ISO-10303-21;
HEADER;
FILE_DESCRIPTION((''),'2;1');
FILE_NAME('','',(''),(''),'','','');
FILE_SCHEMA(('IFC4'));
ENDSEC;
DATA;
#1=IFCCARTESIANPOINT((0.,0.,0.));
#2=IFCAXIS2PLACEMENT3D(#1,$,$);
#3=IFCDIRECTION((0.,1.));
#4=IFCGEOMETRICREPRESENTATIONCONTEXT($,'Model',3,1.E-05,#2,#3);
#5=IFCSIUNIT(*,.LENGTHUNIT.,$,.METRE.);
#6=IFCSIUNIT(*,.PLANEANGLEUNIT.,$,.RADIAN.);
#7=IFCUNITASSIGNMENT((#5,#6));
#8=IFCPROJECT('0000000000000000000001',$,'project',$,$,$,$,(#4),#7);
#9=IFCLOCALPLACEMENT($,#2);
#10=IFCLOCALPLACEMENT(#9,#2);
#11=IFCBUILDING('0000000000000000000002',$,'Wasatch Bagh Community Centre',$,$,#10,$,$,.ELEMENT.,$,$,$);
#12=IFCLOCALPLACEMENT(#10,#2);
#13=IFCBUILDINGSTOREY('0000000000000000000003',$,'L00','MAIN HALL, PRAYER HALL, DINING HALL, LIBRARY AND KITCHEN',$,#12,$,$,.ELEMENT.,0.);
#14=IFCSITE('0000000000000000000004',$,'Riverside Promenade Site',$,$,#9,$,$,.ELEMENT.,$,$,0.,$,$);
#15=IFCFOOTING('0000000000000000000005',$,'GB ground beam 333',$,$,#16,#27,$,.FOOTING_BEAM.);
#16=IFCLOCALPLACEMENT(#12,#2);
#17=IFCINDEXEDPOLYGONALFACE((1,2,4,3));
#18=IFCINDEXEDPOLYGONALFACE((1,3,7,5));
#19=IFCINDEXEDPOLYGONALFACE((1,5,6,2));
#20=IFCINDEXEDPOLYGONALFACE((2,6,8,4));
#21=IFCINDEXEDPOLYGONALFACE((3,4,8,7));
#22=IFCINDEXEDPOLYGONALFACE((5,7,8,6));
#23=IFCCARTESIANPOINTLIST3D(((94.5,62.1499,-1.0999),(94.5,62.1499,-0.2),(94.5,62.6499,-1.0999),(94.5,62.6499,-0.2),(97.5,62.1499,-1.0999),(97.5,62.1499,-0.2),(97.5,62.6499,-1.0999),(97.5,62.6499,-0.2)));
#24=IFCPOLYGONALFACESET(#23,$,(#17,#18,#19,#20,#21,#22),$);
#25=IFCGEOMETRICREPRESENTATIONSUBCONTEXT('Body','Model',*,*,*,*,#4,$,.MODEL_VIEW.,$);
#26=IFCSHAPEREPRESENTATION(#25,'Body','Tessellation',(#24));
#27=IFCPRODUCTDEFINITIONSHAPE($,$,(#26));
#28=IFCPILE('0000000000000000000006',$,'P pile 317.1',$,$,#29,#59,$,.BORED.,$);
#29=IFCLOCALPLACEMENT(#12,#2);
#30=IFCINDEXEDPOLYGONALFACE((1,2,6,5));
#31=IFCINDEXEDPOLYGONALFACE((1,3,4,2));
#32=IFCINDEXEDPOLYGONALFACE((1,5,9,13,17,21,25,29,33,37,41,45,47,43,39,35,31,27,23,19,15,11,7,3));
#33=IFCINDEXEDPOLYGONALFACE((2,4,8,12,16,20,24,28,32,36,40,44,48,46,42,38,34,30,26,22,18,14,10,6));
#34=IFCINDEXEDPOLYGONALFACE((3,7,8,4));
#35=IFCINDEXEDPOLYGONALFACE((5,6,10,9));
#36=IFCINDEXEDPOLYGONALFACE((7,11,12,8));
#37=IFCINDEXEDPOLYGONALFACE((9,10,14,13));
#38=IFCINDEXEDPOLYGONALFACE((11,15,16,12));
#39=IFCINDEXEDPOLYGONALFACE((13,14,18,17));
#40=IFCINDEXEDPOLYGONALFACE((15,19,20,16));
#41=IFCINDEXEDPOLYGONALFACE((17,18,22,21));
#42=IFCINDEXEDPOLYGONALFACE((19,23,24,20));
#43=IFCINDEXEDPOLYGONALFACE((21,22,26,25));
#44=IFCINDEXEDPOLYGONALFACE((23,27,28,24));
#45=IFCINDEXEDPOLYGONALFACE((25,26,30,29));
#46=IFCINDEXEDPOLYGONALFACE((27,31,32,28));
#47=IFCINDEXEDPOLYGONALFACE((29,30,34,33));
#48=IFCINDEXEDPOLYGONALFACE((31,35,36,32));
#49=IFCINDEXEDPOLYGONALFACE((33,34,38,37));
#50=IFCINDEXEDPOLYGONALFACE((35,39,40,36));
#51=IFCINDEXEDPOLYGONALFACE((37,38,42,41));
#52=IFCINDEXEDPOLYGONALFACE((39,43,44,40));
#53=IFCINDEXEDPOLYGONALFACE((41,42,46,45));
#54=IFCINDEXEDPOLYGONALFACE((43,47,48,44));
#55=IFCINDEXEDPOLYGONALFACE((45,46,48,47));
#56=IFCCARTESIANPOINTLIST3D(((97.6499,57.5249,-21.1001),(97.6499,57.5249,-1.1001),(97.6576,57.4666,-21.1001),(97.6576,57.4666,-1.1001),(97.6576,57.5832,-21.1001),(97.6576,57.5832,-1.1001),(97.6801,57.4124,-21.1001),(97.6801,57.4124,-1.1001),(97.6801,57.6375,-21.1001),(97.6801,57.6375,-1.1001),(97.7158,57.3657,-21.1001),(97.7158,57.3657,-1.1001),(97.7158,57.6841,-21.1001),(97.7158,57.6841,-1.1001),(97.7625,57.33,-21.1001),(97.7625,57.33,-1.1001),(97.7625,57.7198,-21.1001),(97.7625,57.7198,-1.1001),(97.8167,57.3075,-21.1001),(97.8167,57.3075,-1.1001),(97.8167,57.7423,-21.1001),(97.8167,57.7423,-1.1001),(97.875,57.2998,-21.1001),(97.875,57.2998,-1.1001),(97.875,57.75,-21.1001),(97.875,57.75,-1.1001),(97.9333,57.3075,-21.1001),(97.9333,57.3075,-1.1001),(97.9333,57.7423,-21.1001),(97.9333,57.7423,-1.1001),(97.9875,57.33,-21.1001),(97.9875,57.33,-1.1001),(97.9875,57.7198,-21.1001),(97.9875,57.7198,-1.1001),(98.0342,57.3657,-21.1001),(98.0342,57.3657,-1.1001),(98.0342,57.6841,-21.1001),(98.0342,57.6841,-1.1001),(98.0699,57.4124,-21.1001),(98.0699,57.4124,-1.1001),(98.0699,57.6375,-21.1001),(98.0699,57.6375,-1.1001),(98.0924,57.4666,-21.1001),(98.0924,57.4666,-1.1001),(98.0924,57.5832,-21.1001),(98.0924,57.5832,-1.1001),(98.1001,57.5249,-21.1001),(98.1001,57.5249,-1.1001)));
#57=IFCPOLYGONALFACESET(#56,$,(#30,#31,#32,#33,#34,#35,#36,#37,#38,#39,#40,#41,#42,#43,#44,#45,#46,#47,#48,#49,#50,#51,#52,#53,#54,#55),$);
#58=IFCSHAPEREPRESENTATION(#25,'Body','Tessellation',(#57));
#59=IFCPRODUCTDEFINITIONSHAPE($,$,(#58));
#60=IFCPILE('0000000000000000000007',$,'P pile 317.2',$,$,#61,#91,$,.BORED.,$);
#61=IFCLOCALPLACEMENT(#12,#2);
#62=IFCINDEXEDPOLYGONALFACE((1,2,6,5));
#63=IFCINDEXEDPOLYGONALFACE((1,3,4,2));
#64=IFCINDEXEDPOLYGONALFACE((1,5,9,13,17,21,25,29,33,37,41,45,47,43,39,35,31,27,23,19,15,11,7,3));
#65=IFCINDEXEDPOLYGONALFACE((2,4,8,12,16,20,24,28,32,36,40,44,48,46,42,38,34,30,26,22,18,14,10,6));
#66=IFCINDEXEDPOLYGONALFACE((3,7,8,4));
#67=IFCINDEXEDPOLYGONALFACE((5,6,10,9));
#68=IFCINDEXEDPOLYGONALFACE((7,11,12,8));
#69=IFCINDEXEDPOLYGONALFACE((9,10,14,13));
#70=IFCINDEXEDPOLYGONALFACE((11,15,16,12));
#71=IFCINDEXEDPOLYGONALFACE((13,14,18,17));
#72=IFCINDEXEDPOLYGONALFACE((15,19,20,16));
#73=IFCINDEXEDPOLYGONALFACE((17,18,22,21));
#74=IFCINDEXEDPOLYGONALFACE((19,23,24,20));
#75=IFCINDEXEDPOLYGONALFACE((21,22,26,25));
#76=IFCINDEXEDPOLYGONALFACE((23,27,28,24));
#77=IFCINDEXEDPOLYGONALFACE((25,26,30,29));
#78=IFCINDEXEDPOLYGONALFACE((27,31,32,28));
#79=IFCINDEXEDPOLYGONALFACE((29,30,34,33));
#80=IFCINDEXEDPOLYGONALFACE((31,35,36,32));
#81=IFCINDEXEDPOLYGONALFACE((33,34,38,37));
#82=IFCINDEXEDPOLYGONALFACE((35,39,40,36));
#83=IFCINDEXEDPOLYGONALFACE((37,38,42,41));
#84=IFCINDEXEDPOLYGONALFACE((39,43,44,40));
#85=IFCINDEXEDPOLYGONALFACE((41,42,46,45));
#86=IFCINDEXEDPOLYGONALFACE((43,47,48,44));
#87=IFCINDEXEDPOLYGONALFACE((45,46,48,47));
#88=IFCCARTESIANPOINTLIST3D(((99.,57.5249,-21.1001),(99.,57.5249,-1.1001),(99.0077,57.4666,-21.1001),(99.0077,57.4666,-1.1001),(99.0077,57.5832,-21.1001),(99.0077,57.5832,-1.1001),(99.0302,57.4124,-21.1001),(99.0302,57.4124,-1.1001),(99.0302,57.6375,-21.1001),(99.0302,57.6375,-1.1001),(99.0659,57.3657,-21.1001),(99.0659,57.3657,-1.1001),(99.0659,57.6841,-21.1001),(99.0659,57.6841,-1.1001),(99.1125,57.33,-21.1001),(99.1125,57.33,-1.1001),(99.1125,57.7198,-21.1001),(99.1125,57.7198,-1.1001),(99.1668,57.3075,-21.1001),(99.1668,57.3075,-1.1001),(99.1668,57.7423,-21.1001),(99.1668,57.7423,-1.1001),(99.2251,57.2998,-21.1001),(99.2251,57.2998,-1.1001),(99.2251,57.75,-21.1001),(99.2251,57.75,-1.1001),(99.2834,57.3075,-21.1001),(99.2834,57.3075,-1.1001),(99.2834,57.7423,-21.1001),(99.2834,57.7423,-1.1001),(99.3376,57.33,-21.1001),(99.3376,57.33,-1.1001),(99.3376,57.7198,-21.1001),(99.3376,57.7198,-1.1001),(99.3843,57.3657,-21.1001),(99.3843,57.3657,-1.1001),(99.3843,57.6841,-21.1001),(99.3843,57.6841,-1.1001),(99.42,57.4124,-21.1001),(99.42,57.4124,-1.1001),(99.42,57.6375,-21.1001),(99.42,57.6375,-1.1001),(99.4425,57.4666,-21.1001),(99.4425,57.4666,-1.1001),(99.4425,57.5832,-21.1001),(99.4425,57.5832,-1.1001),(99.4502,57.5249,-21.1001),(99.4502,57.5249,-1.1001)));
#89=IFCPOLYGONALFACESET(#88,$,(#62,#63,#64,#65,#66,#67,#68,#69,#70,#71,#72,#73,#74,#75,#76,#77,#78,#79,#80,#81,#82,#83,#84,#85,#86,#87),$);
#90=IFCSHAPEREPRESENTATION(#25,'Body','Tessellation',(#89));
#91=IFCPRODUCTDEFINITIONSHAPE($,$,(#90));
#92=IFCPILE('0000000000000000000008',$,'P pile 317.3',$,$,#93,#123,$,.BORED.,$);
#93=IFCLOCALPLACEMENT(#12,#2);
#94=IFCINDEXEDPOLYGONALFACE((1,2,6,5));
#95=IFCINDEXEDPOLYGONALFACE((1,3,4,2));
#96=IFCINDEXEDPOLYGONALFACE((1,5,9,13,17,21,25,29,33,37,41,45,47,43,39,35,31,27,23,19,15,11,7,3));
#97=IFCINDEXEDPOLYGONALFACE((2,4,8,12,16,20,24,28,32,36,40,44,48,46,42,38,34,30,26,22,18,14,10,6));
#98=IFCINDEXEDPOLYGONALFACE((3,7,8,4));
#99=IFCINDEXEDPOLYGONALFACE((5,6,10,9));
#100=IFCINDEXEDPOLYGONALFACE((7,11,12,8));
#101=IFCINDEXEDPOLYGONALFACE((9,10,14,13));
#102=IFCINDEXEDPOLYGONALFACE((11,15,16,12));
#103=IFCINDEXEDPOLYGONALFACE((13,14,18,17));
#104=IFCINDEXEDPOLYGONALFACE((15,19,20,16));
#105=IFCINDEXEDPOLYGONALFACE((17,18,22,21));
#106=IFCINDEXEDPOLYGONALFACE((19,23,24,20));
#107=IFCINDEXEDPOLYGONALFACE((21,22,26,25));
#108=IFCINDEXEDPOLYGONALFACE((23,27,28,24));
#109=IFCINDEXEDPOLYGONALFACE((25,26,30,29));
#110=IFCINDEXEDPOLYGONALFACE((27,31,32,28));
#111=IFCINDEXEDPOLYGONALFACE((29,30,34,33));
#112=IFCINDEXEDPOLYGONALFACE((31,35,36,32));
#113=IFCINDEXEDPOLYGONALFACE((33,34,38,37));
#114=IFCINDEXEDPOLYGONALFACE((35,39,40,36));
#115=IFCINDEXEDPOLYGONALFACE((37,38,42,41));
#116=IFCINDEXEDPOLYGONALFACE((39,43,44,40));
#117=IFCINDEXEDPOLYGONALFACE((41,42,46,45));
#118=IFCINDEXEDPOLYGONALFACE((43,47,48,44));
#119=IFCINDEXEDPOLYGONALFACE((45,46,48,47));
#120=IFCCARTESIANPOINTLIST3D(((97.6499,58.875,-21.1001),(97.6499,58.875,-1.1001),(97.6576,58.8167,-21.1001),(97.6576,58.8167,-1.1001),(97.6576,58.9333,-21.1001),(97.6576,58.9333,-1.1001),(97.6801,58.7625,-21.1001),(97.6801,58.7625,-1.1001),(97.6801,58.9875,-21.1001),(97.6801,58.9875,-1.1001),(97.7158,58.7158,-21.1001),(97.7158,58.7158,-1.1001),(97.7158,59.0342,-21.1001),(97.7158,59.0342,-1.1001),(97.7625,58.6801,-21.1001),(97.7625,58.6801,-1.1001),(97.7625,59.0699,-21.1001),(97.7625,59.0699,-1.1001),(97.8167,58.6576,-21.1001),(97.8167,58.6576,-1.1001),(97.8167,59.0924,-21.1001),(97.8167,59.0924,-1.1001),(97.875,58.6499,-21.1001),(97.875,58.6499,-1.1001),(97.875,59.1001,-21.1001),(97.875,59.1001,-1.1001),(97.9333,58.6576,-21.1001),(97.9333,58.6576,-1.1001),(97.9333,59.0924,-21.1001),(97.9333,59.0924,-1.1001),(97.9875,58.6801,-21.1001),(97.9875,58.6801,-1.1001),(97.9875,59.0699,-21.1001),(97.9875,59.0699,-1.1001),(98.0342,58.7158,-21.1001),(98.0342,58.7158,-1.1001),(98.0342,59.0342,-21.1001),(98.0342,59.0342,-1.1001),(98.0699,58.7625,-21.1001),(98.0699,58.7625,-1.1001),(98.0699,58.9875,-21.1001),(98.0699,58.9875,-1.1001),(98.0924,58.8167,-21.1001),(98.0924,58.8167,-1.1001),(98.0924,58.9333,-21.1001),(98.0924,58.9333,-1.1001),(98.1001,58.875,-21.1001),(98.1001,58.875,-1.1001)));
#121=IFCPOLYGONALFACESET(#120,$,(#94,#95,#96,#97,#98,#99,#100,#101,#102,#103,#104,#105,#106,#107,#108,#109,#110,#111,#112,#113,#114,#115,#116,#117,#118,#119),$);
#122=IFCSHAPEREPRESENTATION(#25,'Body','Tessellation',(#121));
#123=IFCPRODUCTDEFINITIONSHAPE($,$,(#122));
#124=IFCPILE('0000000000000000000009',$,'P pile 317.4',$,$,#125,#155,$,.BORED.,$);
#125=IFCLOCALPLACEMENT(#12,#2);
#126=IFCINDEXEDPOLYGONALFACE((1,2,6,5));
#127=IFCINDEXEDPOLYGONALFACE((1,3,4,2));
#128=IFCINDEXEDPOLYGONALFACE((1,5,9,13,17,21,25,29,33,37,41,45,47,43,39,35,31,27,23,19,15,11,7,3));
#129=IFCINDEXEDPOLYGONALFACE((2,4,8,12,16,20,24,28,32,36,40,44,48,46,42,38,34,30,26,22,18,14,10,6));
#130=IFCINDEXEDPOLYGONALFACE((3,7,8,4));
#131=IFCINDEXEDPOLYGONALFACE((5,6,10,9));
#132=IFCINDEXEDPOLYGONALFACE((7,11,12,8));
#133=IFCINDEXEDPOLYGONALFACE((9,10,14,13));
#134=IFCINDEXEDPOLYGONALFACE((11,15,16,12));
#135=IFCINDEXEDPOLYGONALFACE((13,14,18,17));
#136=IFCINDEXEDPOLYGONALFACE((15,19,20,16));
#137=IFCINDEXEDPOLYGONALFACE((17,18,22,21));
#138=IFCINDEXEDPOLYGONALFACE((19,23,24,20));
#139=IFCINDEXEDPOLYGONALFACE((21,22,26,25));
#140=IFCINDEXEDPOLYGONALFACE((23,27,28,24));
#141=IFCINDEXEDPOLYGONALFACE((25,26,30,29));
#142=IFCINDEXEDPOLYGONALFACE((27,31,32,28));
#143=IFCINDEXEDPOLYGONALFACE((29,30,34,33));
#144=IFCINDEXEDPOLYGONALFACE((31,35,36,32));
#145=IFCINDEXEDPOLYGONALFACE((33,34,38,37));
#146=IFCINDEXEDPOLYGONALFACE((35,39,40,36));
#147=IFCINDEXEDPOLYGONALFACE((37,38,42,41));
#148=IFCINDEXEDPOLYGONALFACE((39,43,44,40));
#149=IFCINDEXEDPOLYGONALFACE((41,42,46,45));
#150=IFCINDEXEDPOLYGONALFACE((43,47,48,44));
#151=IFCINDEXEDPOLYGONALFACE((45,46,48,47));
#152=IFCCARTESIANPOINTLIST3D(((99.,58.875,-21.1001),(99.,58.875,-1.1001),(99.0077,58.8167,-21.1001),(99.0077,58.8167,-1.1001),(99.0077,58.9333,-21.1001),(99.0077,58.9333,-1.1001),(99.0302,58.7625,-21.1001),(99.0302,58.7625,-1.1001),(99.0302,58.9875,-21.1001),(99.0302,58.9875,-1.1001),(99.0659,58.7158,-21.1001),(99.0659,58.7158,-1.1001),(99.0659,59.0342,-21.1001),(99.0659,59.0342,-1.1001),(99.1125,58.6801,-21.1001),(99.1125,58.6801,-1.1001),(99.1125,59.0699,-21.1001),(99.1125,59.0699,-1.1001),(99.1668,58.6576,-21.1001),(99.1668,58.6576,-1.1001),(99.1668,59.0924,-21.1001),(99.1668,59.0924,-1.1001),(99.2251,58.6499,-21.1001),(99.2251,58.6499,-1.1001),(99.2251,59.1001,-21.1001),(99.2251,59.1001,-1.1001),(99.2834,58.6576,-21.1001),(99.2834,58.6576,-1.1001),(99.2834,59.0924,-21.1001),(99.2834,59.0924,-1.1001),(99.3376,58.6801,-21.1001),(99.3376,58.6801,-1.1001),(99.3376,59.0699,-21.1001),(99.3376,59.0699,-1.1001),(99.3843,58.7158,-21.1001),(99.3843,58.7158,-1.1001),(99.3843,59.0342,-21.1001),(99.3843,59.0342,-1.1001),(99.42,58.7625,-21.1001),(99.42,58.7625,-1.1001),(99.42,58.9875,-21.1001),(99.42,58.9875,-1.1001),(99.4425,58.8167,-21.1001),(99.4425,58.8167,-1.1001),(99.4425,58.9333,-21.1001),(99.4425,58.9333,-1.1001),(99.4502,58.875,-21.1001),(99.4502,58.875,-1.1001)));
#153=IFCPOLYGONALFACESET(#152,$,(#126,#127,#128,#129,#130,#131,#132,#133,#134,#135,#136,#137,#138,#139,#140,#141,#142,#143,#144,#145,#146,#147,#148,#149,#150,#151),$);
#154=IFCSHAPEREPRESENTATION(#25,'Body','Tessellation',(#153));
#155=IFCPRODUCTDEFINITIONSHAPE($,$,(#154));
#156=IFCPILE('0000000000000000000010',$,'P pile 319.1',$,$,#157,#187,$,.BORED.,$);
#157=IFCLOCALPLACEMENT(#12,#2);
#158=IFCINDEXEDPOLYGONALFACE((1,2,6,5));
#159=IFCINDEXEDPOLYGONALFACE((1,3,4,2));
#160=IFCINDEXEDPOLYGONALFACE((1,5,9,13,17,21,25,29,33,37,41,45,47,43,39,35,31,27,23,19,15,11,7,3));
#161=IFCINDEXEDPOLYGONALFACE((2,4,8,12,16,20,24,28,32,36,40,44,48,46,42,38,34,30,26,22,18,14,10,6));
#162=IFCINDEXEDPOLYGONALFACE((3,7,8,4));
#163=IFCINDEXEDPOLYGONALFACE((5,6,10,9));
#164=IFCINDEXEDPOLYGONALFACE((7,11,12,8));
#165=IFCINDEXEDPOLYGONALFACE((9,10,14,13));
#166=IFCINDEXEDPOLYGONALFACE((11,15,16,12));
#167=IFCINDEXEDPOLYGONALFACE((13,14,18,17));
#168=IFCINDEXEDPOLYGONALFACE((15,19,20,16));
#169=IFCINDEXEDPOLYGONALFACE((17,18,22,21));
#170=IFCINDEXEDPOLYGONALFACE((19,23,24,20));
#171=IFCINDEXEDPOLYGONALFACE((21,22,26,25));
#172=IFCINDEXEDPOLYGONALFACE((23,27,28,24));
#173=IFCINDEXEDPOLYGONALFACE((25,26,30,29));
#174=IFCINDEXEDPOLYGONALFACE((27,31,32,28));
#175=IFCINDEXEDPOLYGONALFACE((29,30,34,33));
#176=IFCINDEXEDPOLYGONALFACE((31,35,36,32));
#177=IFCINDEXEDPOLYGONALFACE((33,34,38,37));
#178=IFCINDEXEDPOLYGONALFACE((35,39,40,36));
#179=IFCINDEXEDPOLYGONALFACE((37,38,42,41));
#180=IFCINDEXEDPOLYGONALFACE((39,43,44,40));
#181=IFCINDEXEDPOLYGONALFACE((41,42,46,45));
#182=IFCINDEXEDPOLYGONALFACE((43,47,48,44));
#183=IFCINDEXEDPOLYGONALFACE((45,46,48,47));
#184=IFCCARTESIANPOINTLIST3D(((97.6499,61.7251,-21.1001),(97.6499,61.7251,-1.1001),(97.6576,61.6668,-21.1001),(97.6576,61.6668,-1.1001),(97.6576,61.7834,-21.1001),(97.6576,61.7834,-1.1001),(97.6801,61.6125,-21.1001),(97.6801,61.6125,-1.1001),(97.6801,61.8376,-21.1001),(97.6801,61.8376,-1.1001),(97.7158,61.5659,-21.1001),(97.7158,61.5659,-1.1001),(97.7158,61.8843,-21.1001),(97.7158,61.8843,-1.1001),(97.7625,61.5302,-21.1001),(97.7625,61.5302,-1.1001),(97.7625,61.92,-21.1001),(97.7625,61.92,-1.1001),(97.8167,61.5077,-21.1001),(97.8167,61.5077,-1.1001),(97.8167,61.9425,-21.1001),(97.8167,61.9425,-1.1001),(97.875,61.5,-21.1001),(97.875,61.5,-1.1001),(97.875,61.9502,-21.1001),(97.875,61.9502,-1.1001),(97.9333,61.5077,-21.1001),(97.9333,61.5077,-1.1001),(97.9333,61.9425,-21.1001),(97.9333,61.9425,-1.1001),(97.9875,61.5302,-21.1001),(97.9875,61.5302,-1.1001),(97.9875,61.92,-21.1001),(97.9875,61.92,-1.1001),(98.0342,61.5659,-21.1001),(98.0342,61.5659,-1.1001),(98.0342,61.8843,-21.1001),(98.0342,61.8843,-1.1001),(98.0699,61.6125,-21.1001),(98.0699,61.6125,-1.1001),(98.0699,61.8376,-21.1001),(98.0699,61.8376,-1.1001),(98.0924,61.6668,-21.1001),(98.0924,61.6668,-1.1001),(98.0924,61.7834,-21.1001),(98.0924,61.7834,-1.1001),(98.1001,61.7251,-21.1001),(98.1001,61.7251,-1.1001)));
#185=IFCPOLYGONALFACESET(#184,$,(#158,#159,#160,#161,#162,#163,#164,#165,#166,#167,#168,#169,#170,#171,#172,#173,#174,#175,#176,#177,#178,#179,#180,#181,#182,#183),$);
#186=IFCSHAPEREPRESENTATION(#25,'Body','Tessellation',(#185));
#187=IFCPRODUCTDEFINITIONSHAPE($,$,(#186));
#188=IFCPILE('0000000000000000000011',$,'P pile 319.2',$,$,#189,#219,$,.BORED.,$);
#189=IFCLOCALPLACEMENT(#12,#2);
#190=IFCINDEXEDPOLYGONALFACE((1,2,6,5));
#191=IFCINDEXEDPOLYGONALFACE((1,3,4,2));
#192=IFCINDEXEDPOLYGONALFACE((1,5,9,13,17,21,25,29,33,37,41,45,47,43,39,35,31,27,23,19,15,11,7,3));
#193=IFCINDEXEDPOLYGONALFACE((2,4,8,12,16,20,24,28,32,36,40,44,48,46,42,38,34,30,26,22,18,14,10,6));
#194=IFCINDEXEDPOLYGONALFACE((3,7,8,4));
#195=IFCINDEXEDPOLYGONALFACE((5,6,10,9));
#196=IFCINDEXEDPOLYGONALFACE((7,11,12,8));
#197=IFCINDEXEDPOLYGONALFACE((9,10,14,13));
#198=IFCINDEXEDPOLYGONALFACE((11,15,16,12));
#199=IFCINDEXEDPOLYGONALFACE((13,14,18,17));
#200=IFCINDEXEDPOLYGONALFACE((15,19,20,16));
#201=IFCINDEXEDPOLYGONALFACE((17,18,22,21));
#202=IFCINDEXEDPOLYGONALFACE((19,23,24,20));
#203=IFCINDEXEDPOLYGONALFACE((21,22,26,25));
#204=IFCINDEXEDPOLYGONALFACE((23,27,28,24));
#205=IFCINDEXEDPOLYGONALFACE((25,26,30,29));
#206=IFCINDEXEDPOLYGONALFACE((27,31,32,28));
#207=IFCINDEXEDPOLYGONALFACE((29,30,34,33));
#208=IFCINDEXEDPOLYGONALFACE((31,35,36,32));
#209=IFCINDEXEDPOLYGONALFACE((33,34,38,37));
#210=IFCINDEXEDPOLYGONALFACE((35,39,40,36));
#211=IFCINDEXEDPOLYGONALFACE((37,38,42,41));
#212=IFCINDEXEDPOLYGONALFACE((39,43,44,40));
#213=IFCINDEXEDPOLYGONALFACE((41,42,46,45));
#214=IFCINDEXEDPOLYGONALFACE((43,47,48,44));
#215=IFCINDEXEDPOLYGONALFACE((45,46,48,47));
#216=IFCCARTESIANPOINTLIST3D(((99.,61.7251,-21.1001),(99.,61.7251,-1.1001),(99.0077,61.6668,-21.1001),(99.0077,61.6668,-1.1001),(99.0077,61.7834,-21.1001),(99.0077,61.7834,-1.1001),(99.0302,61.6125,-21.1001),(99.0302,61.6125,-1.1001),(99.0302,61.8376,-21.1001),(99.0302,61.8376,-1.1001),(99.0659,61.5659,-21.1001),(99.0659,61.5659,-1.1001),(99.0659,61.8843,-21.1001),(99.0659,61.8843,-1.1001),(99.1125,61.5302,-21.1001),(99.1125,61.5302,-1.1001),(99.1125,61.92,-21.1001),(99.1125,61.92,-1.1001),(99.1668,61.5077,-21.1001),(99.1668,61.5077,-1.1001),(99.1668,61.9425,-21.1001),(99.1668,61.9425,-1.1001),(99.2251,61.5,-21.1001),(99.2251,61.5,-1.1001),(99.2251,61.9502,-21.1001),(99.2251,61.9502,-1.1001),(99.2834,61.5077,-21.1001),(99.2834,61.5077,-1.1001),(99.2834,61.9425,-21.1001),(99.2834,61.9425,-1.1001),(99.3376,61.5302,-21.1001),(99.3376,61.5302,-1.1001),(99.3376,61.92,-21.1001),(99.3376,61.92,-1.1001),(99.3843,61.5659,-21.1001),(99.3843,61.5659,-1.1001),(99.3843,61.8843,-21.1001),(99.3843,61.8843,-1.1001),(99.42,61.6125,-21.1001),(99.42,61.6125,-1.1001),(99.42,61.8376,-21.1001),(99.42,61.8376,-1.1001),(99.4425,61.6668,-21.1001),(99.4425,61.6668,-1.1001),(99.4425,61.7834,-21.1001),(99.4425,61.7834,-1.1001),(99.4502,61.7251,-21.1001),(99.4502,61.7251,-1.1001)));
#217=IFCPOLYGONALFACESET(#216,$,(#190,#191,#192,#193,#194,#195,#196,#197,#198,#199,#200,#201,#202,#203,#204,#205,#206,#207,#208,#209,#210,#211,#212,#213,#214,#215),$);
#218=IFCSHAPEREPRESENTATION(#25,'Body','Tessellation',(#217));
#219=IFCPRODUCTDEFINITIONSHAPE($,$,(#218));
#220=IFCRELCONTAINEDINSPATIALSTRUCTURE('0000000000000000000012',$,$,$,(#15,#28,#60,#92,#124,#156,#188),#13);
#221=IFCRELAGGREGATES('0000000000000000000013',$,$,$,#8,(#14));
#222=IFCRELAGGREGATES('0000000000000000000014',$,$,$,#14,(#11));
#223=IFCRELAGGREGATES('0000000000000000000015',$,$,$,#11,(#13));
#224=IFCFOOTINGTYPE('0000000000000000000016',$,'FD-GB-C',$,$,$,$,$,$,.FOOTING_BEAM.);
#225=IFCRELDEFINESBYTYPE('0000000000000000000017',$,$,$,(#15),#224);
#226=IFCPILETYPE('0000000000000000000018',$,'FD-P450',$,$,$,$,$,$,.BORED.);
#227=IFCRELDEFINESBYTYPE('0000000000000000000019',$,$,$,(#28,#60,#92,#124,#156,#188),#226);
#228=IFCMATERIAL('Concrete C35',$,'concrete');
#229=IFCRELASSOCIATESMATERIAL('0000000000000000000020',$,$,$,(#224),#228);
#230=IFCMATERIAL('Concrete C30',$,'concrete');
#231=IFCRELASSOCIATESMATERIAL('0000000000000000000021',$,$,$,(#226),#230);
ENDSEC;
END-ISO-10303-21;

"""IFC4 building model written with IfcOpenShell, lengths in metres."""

from ifc_helpers import new_model, si_unit, direction, frame, origin, origin_2d, place, context, subcontext, project, spatial, rectangle, circle, extrude, material, material_profile, profile_set, type_object, element, save


model = new_model("IFC4")

# Units and contexts
model_context = context("Model", 3, precision=1e-05, world=origin(), true_north=direction((0.0, 1.0)))
body_context = subcontext(model_context, "Body", "Model", "MODEL_VIEW")
ifc_project = project(units=[si_unit("LENGTHUNIT", "METRE"), si_unit("PLANEANGLEUNIT", "RADIAN")], contexts=[model_context])

# Site, building, storey
site_placement = place(None, origin())
site = spatial("IfcSite", under=ifc_project, at=site_placement, Name="Riverside Promenade Site", CompositionType="ELEMENT", RefElevation=0.0)
building_placement = place(site_placement, origin())
building = spatial("IfcBuilding", under=site, at=building_placement, Name="Wasatch Bagh Community Centre", CompositionType="ELEMENT")
storey_placement = place(building_placement, origin())
storey = spatial("IfcBuildingStorey", under=building, at=storey_placement, Name="L00", Description="MAIN HALL, PRAYER HALL, DINING HALL, LIBRARY AND KITCHEN", CompositionType="ELEMENT", Elevation=0.0)

# Footing
ifc_material_1 = material(Name="Concrete C35", Category="concrete")
footing_type_1 = type_object("IfcFootingType", Name="FD-GB-C", PredefinedType="FOOTING_BEAM", material=ifc_material_1)
footing_placement = place(storey_placement, frame((96.0, 62.3999, -1.0999), z_axis=(0.0, 0.0, 1.0), x_axis=(1.0, 0.0, 0.0)))
element("IfcFooting", 1, at=footing_placement, inside=storey, type_object=footing_type_1, Name="GB ground beam 333", PredefinedType="FOOTING_BEAM", context=body_context, shape_type="SweptSolid", body=[
    extrude(rectangle(XDim=3.0, YDim=0.5, at=origin_2d()), origin(), (0.0, 0.0, 1.0), 0.8999),
])

# Piles
ifc_material_2 = material(Name="Concrete C30", Category="concrete")
ifc_material_profile_1 = material_profile(ifc_material_2, circle(Radius=0.2251, at=origin_2d()), Name="RC D450")
ifc_profile_set_1 = profile_set([ifc_material_profile_1], Name="Concrete C30")
pile_type_1 = type_object("IfcPileType", Name="FD-P450", PredefinedType="BORED", material=ifc_profile_set_1)
for number, where, z_axis, x_axis, name in (
    (2, (97.875, 57.5249, -1.1001), (0.0, 0.0, -1.0), (1.0, 0.0, 0.0), "P pile 317.1"),
    (3, (99.2251, 57.5249, -1.1001), (0.0, 0.0, -1.0), (1.0, 0.0, 0.0), "P pile 317.2"),
    (4, (97.875, 58.875, -1.1001), (0.0, 0.0, -1.0), (1.0, 0.0, 0.0), "P pile 317.3"),
    (5, (99.2251, 58.875, -1.1001), (0.0, 0.0, -1.0), (1.0, 0.0, 0.0), "P pile 317.4"),
    (6, (97.875, 61.7251, -1.1001), (0.0, 0.0, -1.0), (1.0, 0.0, 0.0), "P pile 319.1"),
    (7, (99.2251, 61.7251, -1.1001), (0.0, 0.0, -1.0), (1.0, 0.0, 0.0), "P pile 319.2"),
):
    element("IfcPile", number, at=place(storey_placement, frame(where, z_axis=z_axis, x_axis=x_axis)), inside=storey, type_object=pile_type_1, Name=name, PredefinedType="BORED", context=body_context, shape_type="SweptSolid", body=[
        extrude(circle(Radius=0.2251, at=origin_2d()), origin(), (0.0, 0.0, 1.0), 20.0),
    ])

save(model, "model.ifc")
